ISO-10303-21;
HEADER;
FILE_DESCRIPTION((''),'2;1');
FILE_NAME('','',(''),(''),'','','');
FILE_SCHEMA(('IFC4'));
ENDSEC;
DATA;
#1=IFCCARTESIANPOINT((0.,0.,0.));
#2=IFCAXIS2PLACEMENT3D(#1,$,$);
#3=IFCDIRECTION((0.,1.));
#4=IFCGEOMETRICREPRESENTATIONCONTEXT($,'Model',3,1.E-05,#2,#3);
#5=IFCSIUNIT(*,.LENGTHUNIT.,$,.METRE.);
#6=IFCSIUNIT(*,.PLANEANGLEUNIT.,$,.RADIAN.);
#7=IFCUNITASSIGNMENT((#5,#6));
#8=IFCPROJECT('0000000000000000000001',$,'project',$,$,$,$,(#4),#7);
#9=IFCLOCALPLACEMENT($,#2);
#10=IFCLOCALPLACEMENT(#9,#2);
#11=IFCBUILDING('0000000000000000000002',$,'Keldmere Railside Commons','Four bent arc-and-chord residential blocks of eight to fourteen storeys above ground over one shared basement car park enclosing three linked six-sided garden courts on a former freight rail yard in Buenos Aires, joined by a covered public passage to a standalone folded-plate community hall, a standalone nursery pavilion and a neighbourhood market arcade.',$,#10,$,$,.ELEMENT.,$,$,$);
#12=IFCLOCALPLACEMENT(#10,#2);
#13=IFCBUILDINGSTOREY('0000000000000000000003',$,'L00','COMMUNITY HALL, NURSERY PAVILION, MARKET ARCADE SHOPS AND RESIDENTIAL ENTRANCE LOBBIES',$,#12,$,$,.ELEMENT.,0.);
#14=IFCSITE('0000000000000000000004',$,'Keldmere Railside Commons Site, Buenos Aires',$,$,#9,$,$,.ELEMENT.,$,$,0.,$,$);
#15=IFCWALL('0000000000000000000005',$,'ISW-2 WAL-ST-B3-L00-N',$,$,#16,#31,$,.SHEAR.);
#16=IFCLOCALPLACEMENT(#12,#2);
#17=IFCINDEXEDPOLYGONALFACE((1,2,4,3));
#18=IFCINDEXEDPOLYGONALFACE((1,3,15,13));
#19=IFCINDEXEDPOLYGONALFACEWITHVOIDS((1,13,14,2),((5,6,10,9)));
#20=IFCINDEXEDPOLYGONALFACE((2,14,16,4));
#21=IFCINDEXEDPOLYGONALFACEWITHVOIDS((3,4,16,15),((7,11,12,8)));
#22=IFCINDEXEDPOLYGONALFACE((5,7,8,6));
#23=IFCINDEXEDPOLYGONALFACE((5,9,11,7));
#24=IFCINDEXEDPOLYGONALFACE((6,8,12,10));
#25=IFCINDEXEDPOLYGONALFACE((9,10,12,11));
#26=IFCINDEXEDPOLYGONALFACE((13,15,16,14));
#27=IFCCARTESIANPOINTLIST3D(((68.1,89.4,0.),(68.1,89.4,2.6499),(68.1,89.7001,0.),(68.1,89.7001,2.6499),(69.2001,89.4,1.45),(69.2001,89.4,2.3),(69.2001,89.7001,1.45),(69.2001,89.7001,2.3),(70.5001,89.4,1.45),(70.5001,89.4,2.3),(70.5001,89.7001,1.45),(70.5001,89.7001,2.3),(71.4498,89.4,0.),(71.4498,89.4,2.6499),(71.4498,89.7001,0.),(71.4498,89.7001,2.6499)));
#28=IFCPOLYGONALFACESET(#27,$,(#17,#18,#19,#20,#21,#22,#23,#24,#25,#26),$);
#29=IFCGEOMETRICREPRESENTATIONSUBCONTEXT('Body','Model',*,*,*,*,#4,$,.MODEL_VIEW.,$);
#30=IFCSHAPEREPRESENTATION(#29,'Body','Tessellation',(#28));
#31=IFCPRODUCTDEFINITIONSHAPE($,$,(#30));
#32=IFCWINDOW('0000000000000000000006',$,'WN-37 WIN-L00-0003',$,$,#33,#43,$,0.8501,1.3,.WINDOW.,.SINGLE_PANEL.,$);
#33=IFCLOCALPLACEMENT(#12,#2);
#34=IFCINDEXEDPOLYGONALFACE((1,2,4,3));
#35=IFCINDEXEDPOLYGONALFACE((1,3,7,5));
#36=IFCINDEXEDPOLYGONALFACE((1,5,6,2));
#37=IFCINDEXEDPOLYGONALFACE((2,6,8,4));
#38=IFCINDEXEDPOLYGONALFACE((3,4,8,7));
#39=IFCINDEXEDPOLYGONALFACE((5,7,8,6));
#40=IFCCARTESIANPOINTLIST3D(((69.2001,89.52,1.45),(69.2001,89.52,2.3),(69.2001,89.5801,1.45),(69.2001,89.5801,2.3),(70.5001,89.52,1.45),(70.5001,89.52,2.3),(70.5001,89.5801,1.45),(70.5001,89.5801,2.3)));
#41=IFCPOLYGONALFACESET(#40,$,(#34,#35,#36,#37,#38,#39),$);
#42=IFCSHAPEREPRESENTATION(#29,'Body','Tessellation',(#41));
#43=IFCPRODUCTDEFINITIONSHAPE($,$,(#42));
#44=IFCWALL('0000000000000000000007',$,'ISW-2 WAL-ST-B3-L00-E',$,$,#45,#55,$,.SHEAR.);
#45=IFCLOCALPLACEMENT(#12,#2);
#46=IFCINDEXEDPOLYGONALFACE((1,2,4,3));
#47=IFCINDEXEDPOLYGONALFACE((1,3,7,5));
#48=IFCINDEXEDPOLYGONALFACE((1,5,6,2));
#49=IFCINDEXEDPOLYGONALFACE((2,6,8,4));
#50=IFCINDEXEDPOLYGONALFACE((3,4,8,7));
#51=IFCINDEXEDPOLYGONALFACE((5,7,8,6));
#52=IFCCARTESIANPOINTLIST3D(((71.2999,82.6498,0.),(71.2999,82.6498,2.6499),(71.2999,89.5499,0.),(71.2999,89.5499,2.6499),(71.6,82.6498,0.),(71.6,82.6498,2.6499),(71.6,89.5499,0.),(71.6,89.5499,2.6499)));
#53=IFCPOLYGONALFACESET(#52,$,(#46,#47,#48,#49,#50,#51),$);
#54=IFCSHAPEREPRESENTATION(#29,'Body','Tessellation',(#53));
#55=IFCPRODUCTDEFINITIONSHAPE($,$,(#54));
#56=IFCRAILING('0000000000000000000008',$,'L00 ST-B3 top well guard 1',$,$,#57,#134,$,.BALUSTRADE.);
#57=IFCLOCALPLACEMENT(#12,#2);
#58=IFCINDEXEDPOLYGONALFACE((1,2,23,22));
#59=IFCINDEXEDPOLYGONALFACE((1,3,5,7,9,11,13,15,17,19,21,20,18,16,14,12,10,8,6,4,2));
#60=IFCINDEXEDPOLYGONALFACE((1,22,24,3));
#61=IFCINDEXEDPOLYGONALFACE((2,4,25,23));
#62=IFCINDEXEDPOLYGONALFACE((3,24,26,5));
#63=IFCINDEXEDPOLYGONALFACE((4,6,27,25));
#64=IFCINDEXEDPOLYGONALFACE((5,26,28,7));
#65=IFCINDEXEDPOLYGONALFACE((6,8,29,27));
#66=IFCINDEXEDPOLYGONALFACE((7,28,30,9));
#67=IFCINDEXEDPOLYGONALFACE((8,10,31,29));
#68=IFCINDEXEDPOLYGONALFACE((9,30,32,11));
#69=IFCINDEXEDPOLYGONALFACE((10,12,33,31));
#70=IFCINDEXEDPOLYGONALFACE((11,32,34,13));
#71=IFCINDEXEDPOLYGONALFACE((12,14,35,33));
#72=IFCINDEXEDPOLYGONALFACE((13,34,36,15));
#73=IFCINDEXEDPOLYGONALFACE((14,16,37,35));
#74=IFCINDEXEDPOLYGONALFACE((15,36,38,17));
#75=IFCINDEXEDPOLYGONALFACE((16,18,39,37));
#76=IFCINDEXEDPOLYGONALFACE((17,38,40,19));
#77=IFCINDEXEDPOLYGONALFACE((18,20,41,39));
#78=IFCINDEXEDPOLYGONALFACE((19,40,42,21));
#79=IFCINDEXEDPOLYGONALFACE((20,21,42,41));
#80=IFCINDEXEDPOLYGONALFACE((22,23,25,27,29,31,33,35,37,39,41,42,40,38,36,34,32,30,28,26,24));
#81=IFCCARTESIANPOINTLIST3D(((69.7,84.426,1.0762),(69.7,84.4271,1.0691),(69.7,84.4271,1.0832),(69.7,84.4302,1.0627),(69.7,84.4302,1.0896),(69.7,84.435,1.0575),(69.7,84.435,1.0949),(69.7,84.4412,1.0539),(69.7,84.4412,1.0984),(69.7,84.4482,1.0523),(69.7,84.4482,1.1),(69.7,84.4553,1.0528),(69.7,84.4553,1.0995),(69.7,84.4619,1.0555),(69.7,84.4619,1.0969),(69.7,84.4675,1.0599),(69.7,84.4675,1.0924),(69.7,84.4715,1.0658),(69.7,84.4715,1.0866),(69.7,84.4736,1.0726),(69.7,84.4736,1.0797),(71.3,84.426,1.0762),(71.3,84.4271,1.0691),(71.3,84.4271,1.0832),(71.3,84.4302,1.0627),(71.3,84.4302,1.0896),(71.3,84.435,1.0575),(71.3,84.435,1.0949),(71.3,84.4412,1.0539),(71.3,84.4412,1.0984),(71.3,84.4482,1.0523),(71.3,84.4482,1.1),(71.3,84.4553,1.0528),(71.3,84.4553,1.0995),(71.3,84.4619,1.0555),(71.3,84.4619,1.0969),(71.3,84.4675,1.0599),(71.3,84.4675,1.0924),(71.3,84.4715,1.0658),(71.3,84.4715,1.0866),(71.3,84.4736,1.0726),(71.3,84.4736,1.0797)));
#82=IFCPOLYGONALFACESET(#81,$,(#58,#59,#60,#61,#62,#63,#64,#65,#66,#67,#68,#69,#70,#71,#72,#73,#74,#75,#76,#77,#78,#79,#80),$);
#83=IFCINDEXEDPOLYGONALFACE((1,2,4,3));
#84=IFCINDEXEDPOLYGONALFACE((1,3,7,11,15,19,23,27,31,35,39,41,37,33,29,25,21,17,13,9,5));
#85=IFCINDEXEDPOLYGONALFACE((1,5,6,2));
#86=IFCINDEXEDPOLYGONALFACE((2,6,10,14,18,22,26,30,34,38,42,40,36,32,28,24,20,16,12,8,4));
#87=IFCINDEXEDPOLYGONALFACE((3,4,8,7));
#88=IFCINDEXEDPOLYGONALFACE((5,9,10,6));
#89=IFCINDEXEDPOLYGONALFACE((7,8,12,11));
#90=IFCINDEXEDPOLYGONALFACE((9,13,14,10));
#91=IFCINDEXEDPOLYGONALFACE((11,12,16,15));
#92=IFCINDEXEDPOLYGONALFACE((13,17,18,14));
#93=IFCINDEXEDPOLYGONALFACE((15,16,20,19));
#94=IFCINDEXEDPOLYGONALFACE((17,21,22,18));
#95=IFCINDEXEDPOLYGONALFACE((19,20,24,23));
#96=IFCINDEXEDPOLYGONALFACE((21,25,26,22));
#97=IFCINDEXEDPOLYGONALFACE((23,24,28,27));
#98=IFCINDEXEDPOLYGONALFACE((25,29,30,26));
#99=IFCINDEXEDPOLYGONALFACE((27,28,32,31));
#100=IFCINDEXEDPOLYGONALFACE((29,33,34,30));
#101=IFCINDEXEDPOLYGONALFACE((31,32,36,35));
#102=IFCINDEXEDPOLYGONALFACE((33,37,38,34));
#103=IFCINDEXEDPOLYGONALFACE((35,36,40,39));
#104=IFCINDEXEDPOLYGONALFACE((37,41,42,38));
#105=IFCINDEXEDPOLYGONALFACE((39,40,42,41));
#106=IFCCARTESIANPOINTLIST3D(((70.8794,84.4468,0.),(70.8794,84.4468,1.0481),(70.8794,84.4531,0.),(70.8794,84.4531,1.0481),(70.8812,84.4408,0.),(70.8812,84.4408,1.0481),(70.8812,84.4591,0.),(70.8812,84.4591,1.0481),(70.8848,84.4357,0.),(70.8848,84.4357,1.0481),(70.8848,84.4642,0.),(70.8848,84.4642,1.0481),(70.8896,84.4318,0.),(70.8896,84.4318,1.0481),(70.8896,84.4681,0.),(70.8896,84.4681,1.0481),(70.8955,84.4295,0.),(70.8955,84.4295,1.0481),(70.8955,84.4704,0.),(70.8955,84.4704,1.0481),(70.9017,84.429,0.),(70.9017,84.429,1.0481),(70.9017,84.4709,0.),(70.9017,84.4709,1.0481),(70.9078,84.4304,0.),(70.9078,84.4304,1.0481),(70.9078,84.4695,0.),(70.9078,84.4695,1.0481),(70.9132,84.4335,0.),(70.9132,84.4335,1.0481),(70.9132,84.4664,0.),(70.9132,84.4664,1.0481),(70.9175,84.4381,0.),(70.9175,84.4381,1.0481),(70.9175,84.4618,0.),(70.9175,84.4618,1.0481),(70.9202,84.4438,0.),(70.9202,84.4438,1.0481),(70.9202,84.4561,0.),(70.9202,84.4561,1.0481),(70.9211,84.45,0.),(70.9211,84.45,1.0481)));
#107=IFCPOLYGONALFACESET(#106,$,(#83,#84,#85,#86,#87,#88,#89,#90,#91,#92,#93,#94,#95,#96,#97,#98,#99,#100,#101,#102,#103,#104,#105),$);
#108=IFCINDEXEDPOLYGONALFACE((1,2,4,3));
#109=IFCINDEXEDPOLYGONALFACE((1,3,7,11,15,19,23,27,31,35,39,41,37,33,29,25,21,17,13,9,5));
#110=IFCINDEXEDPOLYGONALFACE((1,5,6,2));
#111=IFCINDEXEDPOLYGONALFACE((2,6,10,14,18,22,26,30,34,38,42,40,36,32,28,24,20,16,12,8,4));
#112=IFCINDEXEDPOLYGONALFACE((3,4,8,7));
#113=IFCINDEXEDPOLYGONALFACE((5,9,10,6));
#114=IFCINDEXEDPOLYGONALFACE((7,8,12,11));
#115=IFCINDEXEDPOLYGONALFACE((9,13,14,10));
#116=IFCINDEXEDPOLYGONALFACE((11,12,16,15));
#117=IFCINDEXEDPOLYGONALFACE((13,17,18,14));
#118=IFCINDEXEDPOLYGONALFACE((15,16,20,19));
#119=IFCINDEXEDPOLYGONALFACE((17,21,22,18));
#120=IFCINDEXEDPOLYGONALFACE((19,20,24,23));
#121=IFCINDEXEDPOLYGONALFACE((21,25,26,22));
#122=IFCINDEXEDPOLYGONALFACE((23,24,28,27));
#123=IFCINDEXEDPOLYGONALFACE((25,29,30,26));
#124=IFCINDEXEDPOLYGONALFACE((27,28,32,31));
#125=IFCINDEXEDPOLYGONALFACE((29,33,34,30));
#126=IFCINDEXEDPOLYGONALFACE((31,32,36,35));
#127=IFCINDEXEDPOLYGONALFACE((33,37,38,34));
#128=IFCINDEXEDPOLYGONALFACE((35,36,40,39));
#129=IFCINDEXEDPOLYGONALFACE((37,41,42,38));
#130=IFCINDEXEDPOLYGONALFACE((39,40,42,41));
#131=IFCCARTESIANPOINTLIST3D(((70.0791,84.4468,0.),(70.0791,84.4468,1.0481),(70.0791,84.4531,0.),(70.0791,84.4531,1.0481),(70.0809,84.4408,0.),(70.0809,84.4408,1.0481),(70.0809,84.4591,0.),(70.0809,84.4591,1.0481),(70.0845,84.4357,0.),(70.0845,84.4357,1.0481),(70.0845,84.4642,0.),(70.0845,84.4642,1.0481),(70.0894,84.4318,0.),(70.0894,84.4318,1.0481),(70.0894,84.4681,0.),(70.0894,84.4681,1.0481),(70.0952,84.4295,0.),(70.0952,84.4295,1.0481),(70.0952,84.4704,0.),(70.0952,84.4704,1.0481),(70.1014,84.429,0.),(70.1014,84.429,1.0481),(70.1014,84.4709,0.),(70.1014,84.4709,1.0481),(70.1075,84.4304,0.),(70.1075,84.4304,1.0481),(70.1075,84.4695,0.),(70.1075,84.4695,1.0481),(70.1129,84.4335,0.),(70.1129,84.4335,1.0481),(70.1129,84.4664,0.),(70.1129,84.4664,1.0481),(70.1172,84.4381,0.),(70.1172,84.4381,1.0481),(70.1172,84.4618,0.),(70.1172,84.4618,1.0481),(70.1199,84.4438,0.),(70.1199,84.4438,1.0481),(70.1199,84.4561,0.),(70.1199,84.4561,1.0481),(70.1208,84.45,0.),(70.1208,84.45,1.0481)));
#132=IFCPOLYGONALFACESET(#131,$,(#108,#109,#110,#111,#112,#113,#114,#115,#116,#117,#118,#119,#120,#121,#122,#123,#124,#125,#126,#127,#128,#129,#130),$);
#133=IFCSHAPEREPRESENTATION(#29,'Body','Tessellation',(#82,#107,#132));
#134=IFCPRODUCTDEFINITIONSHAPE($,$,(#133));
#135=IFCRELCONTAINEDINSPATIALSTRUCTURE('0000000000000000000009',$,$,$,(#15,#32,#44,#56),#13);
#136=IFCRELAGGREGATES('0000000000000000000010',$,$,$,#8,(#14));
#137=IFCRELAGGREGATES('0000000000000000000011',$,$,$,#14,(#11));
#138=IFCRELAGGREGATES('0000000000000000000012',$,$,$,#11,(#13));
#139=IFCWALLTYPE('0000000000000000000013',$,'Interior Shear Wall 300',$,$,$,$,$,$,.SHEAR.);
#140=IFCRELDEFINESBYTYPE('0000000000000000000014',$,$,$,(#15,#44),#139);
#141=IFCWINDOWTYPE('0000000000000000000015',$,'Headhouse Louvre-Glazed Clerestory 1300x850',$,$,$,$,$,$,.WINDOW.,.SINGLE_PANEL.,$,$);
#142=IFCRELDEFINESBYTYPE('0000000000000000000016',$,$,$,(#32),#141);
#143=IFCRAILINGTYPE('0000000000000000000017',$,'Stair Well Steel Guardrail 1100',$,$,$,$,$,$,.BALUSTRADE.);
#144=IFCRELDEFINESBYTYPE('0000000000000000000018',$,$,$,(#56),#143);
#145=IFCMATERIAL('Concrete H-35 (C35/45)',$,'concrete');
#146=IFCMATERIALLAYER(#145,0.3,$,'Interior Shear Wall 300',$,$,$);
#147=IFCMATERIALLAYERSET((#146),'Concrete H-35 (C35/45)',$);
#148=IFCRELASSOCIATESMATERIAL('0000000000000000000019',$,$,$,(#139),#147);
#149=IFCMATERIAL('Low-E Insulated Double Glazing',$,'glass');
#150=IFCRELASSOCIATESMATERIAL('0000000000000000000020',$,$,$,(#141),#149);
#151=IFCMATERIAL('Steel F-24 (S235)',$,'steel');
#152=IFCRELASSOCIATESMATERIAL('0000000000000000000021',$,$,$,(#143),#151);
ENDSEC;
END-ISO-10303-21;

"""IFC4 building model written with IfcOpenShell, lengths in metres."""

from ifc_helpers import new_model, si_unit, direction, frame, frame_2d, origin, origin_2d, place, context, subcontext, project, spatial, rectangle, circle, extrude, material, layer, layer_set, type_object, element, fill, save


model = new_model("IFC4")

# Units and contexts
model_context = context("Model", 3, precision=1e-05, world=origin(), true_north=direction((0.0, 1.0)))
body_context = subcontext(model_context, "Body", "Model", "MODEL_VIEW")
ifc_project = project(units=[si_unit("LENGTHUNIT", "METRE"), si_unit("PLANEANGLEUNIT", "RADIAN")], contexts=[model_context])

# Site, building, storey
site_placement = place(None, origin())
site = spatial("IfcSite", under=ifc_project, at=site_placement, Name="Keldmere Railside Commons Site, Buenos Aires", CompositionType="ELEMENT", RefElevation=0.0)
building_placement = place(site_placement, origin())
building = spatial("IfcBuilding", under=site, at=building_placement, Name="Keldmere Railside Commons", Description="Four bent arc-and-chord residential blocks of eight to fourteen storeys above ground over one shared basement car park enclosing three linked six-sided garden courts on a former freight rail yard in Buenos Aires, joined by a covered public passage to a standalone folded-plate community hall, a standalone nursery pavilion and a neighbourhood market arcade.", CompositionType="ELEMENT")
storey_placement = place(building_placement, origin())
storey = spatial("IfcBuildingStorey", under=building, at=storey_placement, Name="L00", Description="COMMUNITY HALL, NURSERY PAVILION, MARKET ARCADE SHOPS AND RESIDENTIAL ENTRANCE LOBBIES", CompositionType="ELEMENT", Elevation=0.0)

# Shared definitions
ifc_material_1 = material(Name="Low-E Insulated Double Glazing", Category="glass")

# Shared definitions
ifc_material_2 = material(Name="Concrete H-35 (C35/45)", Category="concrete")
ifc_layer_1 = layer(ifc_material_2, 0.3, Name="Interior Shear Wall 300")
ifc_layer_set_1 = layer_set([ifc_layer_1], Name="Concrete H-35 (C35/45)")
wall_type = type_object("IfcWallType", Name="Interior Shear Wall 300", PredefinedType="SHEAR", material=ifc_layer_set_1)
ifc_material_3 = material(Name="Steel F-24 (S235)", Category="steel")

# Wall, opening, window
wall_1_placement = place(storey_placement, frame((68.1001, 89.55, 0.0), z_axis=(0.0, 0.0, 1.0), x_axis=(1.0, 0.0, 0.0)))
wall_1 = element("IfcWall", 1, at=wall_1_placement, inside=storey, type_object=wall_type, Name="ISW-2 WAL-ST-B3-L00-N", PredefinedType="SHEAR", context=body_context, shape_type="SweptSolid", body=[
    extrude(rectangle(XDim=3.3499, YDim=0.3, at=frame_2d((1.6748, 0.0))), origin(), (0.0, 0.0, 1.0), 2.6499),
])
opening_1_placement = place(wall_1_placement, frame((1.1001, 0.0, 1.45)))
opening_1 = element("IfcOpeningElement", 2, at=opening_1_placement, cuts=wall_1, PredefinedType="OPENING", context=body_context, shape_type="SweptSolid", body=[
    extrude(rectangle(XDim=1.3, YDim=0.8501, at=frame_2d((0.6499, 0.425))), frame((0.0, 0.1599, 0.0), z_axis=(0.0, -1.0, 0.0), x_axis=(1.0, 0.0, 0.0)), (0.0, 0.0, 1.0), 0.3201),
])
window_type = type_object("IfcWindowType", Name="Headhouse Louvre-Glazed Clerestory 1300x850", PartitioningType="SINGLE_PANEL", PredefinedType="WINDOW", material=ifc_material_1)
window_placement = place(opening_1_placement, origin())
window = element("IfcWindow", 3, at=window_placement, inside=storey, type_object=window_type, Name="WN-37 WIN-L00-0003", OverallHeight=0.8501, OverallWidth=1.3, PartitioningType="SINGLE_PANEL", PredefinedType="WINDOW", context=body_context, shape_type="SweptSolid", body=[
    extrude(rectangle(XDim=1.3, YDim=0.8501, at=frame_2d((0.6499, 0.425))), frame((0.0, 0.03, 0.0), z_axis=(0.0, -1.0, 0.0), x_axis=(1.0, 0.0, 0.0)), (0.0, 0.0, 1.0), 0.0601),
])
fill(opening_1, window)

# Wall
wall_2_placement = place(storey_placement, frame((71.45, 89.55, 0.0), z_axis=(0.0, 0.0, 1.0), x_axis=(0.0, -1.0, 0.0)))
element("IfcWall", 4, at=wall_2_placement, inside=storey, type_object=wall_type, Name="ISW-2 WAL-ST-B3-L00-E", PredefinedType="SHEAR", context=body_context, shape_type="SweptSolid", body=[
    extrude(rectangle(XDim=6.9001, YDim=0.3, at=frame_2d((3.4502, 0.0))), origin(), (0.0, 0.0, 1.0), 2.6499),
])

# Railing
railing_type = type_object("IfcRailingType", Name="Stair Well Steel Guardrail 1100", PredefinedType="BALUSTRADE", material=ifc_material_3)
railing_1_placement = place(storey_placement, frame((71.3, 84.45, 0.0)))
element("IfcRailing", 5, at=railing_1_placement, inside=storey, type_object=railing_type, Name="L00 ST-B3 top well guard 1", PredefinedType="BALUSTRADE", context=body_context, shape_type="SweptSolid", body=[
    extrude(circle(Radius=0.0239, at=origin_2d()), frame((0.0, 0.0, 1.0762), z_axis=(-1.0, 0.0, 0.0), x_axis=(0.0, -1.0, 0.0)), (0.0, 0.0, 1.0), 1.6001),
    extrude(circle(Radius=0.021, at=origin_2d()), frame((-0.3999, 0.0, 0.0)), (0.0, 0.0, 1.0), 1.0481),
    extrude(circle(Radius=0.021, at=origin_2d()), frame((-1.2002, 0.0, 0.0)), (0.0, 0.0, 1.0), 1.0481),
])

save(model, "model.ifc")
